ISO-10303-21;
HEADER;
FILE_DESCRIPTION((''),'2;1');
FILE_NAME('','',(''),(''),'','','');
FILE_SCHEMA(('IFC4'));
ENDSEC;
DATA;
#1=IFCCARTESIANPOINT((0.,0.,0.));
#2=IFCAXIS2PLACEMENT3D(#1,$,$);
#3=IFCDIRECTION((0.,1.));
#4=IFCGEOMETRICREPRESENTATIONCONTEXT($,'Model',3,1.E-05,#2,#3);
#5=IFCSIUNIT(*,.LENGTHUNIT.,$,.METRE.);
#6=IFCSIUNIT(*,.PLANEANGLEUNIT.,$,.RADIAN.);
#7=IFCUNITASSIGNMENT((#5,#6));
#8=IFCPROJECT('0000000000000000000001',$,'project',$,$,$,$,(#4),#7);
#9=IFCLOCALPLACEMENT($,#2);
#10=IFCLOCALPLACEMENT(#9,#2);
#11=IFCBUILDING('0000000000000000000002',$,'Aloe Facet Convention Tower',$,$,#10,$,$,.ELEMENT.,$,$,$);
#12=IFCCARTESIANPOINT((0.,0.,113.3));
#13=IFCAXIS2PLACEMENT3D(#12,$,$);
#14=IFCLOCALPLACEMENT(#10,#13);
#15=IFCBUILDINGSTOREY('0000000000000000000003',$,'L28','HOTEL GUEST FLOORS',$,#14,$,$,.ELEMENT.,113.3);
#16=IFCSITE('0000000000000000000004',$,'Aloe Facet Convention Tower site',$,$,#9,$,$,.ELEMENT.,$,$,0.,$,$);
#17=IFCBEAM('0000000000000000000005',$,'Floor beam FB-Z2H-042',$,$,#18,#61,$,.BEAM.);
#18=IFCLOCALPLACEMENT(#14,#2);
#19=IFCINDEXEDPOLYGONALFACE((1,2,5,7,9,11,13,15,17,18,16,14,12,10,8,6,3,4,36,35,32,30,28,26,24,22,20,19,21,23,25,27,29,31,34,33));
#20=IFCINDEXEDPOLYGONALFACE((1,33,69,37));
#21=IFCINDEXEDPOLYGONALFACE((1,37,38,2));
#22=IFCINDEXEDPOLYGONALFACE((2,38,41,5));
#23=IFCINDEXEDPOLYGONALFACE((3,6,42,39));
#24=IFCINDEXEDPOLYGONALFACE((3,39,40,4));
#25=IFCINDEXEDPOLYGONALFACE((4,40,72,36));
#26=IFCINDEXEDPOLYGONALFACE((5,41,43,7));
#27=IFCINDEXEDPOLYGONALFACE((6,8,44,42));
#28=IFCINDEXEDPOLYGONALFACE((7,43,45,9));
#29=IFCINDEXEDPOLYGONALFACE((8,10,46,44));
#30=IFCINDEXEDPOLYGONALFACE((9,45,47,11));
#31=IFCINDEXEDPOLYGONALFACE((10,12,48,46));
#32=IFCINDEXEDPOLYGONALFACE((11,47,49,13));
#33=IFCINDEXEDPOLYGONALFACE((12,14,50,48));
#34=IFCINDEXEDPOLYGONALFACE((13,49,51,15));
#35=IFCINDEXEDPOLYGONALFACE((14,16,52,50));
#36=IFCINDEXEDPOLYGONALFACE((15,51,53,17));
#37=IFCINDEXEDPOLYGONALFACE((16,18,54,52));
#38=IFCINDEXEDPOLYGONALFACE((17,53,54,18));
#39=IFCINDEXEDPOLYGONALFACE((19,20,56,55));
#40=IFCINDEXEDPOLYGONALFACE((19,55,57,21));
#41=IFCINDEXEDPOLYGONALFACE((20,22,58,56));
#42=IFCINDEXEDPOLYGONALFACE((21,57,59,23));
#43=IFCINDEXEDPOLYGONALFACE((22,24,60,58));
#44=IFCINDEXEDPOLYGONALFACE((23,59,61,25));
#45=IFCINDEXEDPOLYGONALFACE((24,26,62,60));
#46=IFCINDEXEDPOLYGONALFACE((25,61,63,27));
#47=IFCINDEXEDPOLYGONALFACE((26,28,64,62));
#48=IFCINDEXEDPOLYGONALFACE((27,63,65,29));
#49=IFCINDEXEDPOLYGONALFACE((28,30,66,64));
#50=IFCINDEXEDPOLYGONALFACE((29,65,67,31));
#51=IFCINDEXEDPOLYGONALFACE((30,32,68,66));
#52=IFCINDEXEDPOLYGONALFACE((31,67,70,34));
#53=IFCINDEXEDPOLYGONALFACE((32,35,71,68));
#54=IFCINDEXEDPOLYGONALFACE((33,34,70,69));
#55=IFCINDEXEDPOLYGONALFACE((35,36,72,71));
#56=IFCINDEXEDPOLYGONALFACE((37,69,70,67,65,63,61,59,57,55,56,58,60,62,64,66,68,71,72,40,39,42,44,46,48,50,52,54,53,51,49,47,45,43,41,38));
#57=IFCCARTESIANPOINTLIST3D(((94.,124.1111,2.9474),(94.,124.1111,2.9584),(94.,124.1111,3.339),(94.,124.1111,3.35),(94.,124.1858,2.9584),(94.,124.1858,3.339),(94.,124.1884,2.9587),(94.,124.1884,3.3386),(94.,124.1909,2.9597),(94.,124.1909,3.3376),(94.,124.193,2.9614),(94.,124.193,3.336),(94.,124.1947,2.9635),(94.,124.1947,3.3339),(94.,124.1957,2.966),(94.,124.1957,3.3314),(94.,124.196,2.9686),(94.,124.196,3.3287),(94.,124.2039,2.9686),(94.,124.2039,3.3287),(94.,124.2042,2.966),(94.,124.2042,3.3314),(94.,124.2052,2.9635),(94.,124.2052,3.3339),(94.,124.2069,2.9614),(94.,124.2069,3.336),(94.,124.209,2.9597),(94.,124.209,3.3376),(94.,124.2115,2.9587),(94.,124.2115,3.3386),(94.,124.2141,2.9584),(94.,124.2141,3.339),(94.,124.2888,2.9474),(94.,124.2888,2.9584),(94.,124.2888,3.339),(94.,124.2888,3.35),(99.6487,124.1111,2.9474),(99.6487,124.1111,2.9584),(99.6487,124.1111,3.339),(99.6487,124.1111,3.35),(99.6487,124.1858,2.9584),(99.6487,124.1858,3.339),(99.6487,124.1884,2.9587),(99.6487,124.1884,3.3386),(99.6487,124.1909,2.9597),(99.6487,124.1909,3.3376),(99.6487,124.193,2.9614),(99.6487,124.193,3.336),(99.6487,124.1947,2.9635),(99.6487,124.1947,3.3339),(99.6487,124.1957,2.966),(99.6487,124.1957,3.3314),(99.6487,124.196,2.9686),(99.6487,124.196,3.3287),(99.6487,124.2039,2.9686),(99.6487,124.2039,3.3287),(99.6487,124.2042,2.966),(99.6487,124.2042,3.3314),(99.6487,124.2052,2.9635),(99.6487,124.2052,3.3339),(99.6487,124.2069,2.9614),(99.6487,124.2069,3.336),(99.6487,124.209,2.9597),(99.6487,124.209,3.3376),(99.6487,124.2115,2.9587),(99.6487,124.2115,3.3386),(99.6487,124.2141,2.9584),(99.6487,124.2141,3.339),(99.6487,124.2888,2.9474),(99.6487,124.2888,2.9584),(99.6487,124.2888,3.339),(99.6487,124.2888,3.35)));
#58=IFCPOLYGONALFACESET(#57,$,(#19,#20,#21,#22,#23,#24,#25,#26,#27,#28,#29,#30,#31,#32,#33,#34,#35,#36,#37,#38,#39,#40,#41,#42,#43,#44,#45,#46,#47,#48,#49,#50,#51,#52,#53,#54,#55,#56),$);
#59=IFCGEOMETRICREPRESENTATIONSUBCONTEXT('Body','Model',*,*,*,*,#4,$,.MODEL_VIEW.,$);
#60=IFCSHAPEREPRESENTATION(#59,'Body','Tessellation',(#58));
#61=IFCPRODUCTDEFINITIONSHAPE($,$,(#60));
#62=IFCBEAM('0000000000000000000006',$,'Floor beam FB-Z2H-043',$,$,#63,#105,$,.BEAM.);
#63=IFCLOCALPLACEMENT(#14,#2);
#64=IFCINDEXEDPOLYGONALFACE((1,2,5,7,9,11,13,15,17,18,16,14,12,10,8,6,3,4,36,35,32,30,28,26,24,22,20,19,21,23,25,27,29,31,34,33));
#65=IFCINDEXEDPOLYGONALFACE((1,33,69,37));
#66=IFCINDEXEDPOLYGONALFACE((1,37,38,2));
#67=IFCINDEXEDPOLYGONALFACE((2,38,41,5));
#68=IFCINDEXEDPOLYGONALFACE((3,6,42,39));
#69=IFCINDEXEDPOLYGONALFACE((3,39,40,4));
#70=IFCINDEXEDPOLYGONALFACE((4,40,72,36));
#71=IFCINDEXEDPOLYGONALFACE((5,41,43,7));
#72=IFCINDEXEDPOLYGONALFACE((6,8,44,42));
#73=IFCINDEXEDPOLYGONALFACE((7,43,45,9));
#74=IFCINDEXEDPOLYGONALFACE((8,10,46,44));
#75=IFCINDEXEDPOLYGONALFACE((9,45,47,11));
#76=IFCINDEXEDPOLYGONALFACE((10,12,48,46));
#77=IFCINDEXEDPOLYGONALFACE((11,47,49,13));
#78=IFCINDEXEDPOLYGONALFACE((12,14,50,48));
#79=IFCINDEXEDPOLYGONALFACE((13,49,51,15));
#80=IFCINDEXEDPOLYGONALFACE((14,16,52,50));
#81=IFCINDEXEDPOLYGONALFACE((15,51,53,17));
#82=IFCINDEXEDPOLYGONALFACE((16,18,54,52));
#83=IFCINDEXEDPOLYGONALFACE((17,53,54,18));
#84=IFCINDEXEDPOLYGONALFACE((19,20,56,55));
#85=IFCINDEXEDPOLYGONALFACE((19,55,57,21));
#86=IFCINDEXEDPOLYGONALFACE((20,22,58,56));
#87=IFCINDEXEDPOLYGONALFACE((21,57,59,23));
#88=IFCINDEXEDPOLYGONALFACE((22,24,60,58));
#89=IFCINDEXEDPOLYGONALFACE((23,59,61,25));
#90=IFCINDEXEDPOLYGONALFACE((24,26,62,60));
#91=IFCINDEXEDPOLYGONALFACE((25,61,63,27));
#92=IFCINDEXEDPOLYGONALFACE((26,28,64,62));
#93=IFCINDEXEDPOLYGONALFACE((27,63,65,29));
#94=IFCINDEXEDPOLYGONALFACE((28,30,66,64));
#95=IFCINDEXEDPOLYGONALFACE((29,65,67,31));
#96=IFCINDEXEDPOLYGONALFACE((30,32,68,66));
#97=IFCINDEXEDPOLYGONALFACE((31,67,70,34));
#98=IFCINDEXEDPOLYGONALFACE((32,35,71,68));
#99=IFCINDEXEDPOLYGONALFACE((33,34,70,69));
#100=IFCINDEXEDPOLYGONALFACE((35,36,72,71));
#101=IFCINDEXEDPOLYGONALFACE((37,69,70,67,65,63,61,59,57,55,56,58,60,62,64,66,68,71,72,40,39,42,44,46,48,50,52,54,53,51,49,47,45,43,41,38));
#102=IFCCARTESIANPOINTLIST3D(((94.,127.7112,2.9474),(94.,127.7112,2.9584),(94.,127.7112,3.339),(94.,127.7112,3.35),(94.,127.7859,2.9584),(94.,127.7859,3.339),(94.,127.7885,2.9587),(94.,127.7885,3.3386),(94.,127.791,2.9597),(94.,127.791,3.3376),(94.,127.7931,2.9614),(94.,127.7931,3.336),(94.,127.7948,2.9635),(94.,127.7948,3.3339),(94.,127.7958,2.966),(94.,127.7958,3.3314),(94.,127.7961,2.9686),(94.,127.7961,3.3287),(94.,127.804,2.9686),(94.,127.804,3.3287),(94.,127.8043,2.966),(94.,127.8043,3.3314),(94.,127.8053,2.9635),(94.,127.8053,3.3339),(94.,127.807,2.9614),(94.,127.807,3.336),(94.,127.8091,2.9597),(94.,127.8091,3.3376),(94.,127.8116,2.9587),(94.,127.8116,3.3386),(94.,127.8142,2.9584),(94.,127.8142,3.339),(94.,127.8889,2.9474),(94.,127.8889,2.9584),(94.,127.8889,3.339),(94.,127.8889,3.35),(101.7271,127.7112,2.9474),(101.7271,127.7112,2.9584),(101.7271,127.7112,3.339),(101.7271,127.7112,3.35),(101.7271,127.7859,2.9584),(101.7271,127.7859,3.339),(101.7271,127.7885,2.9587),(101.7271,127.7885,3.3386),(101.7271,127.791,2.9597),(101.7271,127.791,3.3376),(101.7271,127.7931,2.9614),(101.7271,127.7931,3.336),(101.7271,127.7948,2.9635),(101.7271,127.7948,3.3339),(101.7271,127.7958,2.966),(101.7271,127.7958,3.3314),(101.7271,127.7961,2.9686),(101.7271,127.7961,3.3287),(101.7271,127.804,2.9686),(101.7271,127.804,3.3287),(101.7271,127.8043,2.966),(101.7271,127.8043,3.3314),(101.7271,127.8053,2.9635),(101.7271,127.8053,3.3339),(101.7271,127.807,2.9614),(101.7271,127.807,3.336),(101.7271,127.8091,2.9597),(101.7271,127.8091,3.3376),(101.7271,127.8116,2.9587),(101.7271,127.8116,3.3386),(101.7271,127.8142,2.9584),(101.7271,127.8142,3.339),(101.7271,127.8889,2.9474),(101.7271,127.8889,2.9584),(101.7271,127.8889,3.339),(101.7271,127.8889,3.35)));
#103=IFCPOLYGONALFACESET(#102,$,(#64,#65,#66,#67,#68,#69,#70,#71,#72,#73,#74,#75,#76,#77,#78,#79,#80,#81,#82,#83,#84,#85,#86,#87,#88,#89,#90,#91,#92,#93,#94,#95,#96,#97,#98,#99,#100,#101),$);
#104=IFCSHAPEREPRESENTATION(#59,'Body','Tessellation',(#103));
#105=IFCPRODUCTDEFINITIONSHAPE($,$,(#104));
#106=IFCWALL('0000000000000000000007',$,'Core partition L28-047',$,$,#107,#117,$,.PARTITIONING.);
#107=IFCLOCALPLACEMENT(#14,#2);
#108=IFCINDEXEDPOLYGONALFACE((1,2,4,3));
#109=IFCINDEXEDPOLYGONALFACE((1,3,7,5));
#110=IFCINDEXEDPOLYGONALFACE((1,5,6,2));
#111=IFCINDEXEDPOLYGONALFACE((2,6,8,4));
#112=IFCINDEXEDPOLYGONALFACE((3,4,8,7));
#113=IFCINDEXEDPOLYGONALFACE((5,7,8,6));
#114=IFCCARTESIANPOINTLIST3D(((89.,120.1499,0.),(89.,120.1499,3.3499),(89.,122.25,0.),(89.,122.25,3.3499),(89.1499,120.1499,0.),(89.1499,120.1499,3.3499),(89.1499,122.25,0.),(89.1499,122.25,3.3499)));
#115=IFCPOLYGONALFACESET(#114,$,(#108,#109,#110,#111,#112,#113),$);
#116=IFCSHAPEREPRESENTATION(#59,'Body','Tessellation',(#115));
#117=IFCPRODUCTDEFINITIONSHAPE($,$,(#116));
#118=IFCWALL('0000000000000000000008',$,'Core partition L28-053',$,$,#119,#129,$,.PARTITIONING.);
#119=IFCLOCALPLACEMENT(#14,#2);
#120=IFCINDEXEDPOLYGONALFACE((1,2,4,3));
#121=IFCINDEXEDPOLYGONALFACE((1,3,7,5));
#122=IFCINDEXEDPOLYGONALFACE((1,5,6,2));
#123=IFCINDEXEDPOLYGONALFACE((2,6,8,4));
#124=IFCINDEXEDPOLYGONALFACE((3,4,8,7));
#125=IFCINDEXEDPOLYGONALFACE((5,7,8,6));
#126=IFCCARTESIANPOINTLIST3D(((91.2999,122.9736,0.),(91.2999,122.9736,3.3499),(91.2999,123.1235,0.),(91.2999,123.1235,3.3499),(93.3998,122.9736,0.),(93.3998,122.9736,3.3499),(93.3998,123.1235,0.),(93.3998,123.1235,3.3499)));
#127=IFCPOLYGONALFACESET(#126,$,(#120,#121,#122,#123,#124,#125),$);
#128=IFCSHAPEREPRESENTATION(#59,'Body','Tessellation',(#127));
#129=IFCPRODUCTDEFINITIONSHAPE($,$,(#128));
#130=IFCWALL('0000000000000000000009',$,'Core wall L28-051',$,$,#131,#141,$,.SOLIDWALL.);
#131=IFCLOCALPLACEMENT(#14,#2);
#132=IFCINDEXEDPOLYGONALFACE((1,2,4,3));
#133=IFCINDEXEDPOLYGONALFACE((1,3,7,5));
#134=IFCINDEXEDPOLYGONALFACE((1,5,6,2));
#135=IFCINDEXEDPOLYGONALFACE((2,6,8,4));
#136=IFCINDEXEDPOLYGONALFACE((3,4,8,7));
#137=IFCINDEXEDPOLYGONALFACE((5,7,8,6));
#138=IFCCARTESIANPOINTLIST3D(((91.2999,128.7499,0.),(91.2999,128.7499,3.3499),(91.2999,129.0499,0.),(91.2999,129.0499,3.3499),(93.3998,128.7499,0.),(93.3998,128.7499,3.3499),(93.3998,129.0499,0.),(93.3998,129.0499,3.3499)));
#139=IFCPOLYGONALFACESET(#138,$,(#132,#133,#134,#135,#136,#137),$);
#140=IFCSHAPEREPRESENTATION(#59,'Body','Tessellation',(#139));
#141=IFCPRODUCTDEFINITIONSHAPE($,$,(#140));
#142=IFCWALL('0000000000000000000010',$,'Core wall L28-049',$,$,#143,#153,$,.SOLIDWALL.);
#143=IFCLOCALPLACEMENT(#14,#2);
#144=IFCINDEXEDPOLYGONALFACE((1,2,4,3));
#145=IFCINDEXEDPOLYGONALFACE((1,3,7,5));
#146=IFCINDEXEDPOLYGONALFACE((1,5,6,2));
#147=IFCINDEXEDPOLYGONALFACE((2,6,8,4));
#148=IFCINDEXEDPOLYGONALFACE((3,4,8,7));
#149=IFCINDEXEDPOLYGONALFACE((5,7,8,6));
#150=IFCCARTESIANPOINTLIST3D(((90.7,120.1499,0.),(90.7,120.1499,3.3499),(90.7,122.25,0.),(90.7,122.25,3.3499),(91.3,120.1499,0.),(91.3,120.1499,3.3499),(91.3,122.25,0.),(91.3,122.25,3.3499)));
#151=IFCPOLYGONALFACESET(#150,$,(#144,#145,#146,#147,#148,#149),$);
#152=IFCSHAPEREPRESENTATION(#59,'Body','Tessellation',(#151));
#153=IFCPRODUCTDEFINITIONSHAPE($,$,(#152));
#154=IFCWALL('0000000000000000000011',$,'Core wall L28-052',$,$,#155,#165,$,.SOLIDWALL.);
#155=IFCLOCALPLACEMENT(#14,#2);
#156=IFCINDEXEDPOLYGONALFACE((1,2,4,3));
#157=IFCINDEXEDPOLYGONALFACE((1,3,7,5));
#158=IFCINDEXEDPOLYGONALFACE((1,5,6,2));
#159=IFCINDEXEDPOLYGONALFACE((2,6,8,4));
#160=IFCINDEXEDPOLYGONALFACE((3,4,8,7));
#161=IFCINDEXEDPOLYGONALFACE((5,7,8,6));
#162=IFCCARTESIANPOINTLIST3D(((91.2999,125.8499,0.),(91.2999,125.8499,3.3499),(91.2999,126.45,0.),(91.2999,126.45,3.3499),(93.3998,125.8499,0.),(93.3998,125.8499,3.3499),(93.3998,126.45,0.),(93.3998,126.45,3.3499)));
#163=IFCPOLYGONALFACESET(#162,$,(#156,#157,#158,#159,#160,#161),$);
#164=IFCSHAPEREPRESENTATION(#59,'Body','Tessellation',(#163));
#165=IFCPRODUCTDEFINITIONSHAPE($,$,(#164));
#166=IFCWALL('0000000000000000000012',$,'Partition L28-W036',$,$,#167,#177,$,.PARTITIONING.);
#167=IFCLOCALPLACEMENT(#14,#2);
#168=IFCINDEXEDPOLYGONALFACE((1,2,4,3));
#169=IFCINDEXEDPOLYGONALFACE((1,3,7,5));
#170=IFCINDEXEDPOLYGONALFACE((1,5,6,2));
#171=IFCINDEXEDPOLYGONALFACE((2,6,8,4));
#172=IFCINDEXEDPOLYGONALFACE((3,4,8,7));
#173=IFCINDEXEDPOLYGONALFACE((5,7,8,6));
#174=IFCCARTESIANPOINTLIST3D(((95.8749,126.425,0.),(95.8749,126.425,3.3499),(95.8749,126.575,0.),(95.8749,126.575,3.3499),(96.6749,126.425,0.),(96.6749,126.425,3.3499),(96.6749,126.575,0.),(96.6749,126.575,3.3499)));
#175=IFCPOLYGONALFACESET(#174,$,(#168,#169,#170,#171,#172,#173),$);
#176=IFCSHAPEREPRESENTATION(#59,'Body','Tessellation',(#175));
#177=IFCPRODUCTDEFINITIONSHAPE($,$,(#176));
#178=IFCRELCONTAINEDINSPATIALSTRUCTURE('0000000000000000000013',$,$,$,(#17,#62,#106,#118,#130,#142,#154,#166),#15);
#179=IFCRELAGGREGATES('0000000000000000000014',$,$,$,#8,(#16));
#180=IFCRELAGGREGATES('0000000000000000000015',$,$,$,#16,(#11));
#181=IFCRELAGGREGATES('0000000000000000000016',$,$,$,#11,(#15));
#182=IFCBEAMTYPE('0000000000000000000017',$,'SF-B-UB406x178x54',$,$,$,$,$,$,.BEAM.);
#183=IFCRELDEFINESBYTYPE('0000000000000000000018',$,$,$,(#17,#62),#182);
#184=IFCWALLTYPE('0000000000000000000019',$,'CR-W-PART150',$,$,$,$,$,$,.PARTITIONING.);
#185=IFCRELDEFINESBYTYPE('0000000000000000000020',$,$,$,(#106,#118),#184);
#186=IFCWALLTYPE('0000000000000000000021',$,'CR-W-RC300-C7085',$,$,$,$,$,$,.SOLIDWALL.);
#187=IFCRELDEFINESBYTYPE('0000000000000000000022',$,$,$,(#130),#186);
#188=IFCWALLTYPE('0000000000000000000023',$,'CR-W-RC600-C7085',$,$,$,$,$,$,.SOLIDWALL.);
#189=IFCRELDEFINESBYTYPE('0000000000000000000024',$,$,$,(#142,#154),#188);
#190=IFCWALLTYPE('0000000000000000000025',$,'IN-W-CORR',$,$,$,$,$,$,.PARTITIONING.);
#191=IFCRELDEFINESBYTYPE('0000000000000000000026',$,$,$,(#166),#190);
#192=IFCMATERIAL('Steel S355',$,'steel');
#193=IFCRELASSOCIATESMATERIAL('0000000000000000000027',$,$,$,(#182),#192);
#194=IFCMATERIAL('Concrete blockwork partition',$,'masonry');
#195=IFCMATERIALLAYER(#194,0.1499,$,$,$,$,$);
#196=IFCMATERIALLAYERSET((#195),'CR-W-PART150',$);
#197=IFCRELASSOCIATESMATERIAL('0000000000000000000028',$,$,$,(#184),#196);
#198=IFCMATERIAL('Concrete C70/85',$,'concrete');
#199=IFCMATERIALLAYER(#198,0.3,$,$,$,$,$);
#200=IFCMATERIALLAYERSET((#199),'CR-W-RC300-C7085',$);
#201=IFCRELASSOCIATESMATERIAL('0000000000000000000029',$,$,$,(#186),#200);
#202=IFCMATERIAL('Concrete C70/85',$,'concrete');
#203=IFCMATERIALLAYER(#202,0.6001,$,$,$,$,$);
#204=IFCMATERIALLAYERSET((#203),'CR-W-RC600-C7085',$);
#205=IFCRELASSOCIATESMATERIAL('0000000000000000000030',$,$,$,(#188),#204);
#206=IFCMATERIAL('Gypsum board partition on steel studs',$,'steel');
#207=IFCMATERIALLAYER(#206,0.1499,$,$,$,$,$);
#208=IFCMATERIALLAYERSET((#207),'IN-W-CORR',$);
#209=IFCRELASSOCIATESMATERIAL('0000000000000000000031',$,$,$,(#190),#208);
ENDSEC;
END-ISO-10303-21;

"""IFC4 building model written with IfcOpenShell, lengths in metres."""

from ifc_helpers import new_model, si_unit, direction, frame, frame_2d, origin, origin_2d, place, context, subcontext, project, spatial, rectangle, i_section, extrude, material, layer, layer_set, material_profile, profile_set, type_object, element, save


model = new_model("IFC4")

# Units and contexts
model_context = context("Model", 3, precision=1e-05, world=origin(), true_north=direction((0.0, 1.0)))
body_context = subcontext(model_context, "Body", "Model", "MODEL_VIEW")
ifc_project = project(units=[si_unit("LENGTHUNIT", "METRE"), si_unit("PLANEANGLEUNIT", "RADIAN")], contexts=[model_context])

# Site, building, storey
site_placement = place(None, origin())
site = spatial("IfcSite", under=ifc_project, at=site_placement, Name="Aloe Facet Convention Tower site", CompositionType="ELEMENT", RefElevation=0.0)
building_placement = place(site_placement, origin())
building = spatial("IfcBuilding", under=site, at=building_placement, Name="Aloe Facet Convention Tower", CompositionType="ELEMENT")
storey_placement = place(building_placement, frame((0.0, 0.0, 113.3)))
storey = spatial("IfcBuildingStorey", under=building, at=storey_placement, Name="L28", Description="HOTEL GUEST FLOORS", CompositionType="ELEMENT", Elevation=113.3)

# Beams
ifc_material_1 = material(Name="Steel S355", Category="steel")
ifc_material_profile = material_profile(ifc_material_1, i_section(OverallWidth=0.1777, OverallDepth=0.4026, WebThickness=0.0078, FlangeThickness=0.011, FilletRadius=0.0103, at=origin_2d()), Name="UB 406x178x54")
ifc_profile_set = profile_set([ifc_material_profile], Name="Steel S355")
beam_type = type_object("IfcBeamType", Name="SF-B-UB406x178x54", PredefinedType="BEAM", material=ifc_profile_set)
beam_1_placement = place(storey_placement, frame((94.0, 124.2, 3.1487), z_axis=(1.0, 0.0, 0.0), x_axis=(0.0, 1.0, 0.0)))
element("IfcBeam", 1, at=beam_1_placement, inside=storey, type_object=beam_type, Name="Floor beam FB-Z2H-042", PredefinedType="BEAM", context=body_context, shape_type="SweptSolid", body=[
    extrude(i_section(OverallWidth=0.1777, OverallDepth=0.4026, WebThickness=0.0078, FlangeThickness=0.011, FilletRadius=0.0103, at=origin_2d()), origin(), (0.0, 0.0, 1.0), 5.6487),
])
beam_2_placement = place(storey_placement, frame((94.0, 127.8, 3.1487), z_axis=(1.0, 0.0, 0.0), x_axis=(0.0, 1.0, 0.0)))
element("IfcBeam", 2, at=beam_2_placement, inside=storey, type_object=beam_type, Name="Floor beam FB-Z2H-043", PredefinedType="BEAM", context=body_context, shape_type="SweptSolid", body=[
    extrude(i_section(OverallWidth=0.1777, OverallDepth=0.4026, WebThickness=0.0078, FlangeThickness=0.011, FilletRadius=0.0103, at=origin_2d()), origin(), (0.0, 0.0, 1.0), 7.7271),
])

# Walls
ifc_material_2 = material(Name="Concrete blockwork partition", Category="masonry")
ifc_layer_1 = layer(ifc_material_2, 0.1499)
ifc_layer_set_1 = layer_set([ifc_layer_1], Name="CR-W-PART150")
wall_type_1 = type_object("IfcWallType", Name="CR-W-PART150", PredefinedType="PARTITIONING", material=ifc_layer_set_1)
wall_1_placement = place(storey_placement, frame((89.075, 122.25, 0.0), z_axis=(0.0, 0.0, 1.0), x_axis=(0.0, -1.0, 0.0)))
element("IfcWall", 3, at=wall_1_placement, inside=storey, type_object=wall_type_1, Name="Core partition L28-047", PredefinedType="PARTITIONING", context=body_context, shape_type="SweptSolid", body=[
    extrude(rectangle(XDim=2.1001, YDim=0.1499, at=frame_2d((1.05, 0.0))), origin(), (0.0, 0.0, 1.0), 3.3499),
])
wall_2_placement = place(storey_placement, frame((91.3, 123.0486, 0.0), z_axis=(0.0, 0.0, 1.0), x_axis=(1.0, 0.0, 0.0)))
element("IfcWall", 4, at=wall_2_placement, inside=storey, type_object=wall_type_1, Name="Core partition L28-053", PredefinedType="PARTITIONING", context=body_context, shape_type="SweptSolid", body=[
    extrude(rectangle(XDim=2.0999, YDim=0.1499, at=frame_2d((1.0498, 0.0))), origin(), (0.0, 0.0, 1.0), 3.3499),
])
ifc_material_3 = material(Name="Concrete C70/85", Category="concrete")
ifc_layer_2 = layer(ifc_material_3, 0.3)
ifc_layer_set_2 = layer_set([ifc_layer_2], Name="CR-W-RC300-C7085")
wall_type_2 = type_object("IfcWallType", Name="CR-W-RC300-C7085", PredefinedType="SOLIDWALL", material=ifc_layer_set_2)
wall_3_placement = place(storey_placement, frame((91.3, 128.8999, 0.0), z_axis=(0.0, 0.0, 1.0), x_axis=(1.0, 0.0, 0.0)))
element("IfcWall", 5, at=wall_3_placement, inside=storey, type_object=wall_type_2, Name="Core wall L28-051", PredefinedType="SOLIDWALL", context=body_context, shape_type="SweptSolid", body=[
    extrude(rectangle(XDim=2.0999, YDim=0.3, at=frame_2d((1.0498, 0.0))), origin(), (0.0, 0.0, 1.0), 3.3499),
])
ifc_material_4 = material(Name="Concrete C70/85", Category="concrete")
ifc_layer_3 = layer(ifc_material_4, 0.6001)
ifc_layer_set_3 = layer_set([ifc_layer_3], Name="CR-W-RC600-C7085")
wall_type_3 = type_object("IfcWallType", Name="CR-W-RC600-C7085", PredefinedType="SOLIDWALL", material=ifc_layer_set_3)
wall_4_placement = place(storey_placement, frame((91.0, 122.25, 0.0), z_axis=(0.0, 0.0, 1.0), x_axis=(0.0, -1.0, 0.0)))
element("IfcWall", 6, at=wall_4_placement, inside=storey, type_object=wall_type_3, Name="Core wall L28-049", PredefinedType="SOLIDWALL", context=body_context, shape_type="SweptSolid", body=[
    extrude(rectangle(XDim=2.1001, YDim=0.6001, at=frame_2d((1.05, 0.0))), origin(), (0.0, 0.0, 1.0), 3.3499),
])
wall_5_placement = place(storey_placement, frame((91.3, 126.1499, 0.0), z_axis=(0.0, 0.0, 1.0), x_axis=(1.0, 0.0, 0.0)))
element("IfcWall", 7, at=wall_5_placement, inside=storey, type_object=wall_type_3, Name="Core wall L28-052", PredefinedType="SOLIDWALL", context=body_context, shape_type="SweptSolid", body=[
    extrude(rectangle(XDim=2.0999, YDim=0.6001, at=frame_2d((1.0498, 0.0))), origin(), (0.0, 0.0, 1.0), 3.3499),
])
ifc_material_5 = material(Name="Gypsum board partition on steel studs", Category="steel")
ifc_layer_4 = layer(ifc_material_5, 0.1499)
ifc_layer_set_4 = layer_set([ifc_layer_4], Name="IN-W-CORR")
wall_type_4 = type_object("IfcWallType", Name="IN-W-CORR", PredefinedType="PARTITIONING", material=ifc_layer_set_4)
wall_6_placement = place(storey_placement, frame((95.875, 126.5, 0.0), z_axis=(0.0, 0.0, 1.0), x_axis=(1.0, 0.0, 0.0)))
element("IfcWall", 8, at=wall_6_placement, inside=storey, type_object=wall_type_4, Name="Partition L28-W036", PredefinedType="PARTITIONING", context=body_context, shape_type="SweptSolid", body=[
    extrude(rectangle(XDim=0.8, YDim=0.1499, at=frame_2d((0.3999, 0.0))), origin(), (0.0, 0.0, 1.0), 3.3499),
])

save(model, "model.ifc")
